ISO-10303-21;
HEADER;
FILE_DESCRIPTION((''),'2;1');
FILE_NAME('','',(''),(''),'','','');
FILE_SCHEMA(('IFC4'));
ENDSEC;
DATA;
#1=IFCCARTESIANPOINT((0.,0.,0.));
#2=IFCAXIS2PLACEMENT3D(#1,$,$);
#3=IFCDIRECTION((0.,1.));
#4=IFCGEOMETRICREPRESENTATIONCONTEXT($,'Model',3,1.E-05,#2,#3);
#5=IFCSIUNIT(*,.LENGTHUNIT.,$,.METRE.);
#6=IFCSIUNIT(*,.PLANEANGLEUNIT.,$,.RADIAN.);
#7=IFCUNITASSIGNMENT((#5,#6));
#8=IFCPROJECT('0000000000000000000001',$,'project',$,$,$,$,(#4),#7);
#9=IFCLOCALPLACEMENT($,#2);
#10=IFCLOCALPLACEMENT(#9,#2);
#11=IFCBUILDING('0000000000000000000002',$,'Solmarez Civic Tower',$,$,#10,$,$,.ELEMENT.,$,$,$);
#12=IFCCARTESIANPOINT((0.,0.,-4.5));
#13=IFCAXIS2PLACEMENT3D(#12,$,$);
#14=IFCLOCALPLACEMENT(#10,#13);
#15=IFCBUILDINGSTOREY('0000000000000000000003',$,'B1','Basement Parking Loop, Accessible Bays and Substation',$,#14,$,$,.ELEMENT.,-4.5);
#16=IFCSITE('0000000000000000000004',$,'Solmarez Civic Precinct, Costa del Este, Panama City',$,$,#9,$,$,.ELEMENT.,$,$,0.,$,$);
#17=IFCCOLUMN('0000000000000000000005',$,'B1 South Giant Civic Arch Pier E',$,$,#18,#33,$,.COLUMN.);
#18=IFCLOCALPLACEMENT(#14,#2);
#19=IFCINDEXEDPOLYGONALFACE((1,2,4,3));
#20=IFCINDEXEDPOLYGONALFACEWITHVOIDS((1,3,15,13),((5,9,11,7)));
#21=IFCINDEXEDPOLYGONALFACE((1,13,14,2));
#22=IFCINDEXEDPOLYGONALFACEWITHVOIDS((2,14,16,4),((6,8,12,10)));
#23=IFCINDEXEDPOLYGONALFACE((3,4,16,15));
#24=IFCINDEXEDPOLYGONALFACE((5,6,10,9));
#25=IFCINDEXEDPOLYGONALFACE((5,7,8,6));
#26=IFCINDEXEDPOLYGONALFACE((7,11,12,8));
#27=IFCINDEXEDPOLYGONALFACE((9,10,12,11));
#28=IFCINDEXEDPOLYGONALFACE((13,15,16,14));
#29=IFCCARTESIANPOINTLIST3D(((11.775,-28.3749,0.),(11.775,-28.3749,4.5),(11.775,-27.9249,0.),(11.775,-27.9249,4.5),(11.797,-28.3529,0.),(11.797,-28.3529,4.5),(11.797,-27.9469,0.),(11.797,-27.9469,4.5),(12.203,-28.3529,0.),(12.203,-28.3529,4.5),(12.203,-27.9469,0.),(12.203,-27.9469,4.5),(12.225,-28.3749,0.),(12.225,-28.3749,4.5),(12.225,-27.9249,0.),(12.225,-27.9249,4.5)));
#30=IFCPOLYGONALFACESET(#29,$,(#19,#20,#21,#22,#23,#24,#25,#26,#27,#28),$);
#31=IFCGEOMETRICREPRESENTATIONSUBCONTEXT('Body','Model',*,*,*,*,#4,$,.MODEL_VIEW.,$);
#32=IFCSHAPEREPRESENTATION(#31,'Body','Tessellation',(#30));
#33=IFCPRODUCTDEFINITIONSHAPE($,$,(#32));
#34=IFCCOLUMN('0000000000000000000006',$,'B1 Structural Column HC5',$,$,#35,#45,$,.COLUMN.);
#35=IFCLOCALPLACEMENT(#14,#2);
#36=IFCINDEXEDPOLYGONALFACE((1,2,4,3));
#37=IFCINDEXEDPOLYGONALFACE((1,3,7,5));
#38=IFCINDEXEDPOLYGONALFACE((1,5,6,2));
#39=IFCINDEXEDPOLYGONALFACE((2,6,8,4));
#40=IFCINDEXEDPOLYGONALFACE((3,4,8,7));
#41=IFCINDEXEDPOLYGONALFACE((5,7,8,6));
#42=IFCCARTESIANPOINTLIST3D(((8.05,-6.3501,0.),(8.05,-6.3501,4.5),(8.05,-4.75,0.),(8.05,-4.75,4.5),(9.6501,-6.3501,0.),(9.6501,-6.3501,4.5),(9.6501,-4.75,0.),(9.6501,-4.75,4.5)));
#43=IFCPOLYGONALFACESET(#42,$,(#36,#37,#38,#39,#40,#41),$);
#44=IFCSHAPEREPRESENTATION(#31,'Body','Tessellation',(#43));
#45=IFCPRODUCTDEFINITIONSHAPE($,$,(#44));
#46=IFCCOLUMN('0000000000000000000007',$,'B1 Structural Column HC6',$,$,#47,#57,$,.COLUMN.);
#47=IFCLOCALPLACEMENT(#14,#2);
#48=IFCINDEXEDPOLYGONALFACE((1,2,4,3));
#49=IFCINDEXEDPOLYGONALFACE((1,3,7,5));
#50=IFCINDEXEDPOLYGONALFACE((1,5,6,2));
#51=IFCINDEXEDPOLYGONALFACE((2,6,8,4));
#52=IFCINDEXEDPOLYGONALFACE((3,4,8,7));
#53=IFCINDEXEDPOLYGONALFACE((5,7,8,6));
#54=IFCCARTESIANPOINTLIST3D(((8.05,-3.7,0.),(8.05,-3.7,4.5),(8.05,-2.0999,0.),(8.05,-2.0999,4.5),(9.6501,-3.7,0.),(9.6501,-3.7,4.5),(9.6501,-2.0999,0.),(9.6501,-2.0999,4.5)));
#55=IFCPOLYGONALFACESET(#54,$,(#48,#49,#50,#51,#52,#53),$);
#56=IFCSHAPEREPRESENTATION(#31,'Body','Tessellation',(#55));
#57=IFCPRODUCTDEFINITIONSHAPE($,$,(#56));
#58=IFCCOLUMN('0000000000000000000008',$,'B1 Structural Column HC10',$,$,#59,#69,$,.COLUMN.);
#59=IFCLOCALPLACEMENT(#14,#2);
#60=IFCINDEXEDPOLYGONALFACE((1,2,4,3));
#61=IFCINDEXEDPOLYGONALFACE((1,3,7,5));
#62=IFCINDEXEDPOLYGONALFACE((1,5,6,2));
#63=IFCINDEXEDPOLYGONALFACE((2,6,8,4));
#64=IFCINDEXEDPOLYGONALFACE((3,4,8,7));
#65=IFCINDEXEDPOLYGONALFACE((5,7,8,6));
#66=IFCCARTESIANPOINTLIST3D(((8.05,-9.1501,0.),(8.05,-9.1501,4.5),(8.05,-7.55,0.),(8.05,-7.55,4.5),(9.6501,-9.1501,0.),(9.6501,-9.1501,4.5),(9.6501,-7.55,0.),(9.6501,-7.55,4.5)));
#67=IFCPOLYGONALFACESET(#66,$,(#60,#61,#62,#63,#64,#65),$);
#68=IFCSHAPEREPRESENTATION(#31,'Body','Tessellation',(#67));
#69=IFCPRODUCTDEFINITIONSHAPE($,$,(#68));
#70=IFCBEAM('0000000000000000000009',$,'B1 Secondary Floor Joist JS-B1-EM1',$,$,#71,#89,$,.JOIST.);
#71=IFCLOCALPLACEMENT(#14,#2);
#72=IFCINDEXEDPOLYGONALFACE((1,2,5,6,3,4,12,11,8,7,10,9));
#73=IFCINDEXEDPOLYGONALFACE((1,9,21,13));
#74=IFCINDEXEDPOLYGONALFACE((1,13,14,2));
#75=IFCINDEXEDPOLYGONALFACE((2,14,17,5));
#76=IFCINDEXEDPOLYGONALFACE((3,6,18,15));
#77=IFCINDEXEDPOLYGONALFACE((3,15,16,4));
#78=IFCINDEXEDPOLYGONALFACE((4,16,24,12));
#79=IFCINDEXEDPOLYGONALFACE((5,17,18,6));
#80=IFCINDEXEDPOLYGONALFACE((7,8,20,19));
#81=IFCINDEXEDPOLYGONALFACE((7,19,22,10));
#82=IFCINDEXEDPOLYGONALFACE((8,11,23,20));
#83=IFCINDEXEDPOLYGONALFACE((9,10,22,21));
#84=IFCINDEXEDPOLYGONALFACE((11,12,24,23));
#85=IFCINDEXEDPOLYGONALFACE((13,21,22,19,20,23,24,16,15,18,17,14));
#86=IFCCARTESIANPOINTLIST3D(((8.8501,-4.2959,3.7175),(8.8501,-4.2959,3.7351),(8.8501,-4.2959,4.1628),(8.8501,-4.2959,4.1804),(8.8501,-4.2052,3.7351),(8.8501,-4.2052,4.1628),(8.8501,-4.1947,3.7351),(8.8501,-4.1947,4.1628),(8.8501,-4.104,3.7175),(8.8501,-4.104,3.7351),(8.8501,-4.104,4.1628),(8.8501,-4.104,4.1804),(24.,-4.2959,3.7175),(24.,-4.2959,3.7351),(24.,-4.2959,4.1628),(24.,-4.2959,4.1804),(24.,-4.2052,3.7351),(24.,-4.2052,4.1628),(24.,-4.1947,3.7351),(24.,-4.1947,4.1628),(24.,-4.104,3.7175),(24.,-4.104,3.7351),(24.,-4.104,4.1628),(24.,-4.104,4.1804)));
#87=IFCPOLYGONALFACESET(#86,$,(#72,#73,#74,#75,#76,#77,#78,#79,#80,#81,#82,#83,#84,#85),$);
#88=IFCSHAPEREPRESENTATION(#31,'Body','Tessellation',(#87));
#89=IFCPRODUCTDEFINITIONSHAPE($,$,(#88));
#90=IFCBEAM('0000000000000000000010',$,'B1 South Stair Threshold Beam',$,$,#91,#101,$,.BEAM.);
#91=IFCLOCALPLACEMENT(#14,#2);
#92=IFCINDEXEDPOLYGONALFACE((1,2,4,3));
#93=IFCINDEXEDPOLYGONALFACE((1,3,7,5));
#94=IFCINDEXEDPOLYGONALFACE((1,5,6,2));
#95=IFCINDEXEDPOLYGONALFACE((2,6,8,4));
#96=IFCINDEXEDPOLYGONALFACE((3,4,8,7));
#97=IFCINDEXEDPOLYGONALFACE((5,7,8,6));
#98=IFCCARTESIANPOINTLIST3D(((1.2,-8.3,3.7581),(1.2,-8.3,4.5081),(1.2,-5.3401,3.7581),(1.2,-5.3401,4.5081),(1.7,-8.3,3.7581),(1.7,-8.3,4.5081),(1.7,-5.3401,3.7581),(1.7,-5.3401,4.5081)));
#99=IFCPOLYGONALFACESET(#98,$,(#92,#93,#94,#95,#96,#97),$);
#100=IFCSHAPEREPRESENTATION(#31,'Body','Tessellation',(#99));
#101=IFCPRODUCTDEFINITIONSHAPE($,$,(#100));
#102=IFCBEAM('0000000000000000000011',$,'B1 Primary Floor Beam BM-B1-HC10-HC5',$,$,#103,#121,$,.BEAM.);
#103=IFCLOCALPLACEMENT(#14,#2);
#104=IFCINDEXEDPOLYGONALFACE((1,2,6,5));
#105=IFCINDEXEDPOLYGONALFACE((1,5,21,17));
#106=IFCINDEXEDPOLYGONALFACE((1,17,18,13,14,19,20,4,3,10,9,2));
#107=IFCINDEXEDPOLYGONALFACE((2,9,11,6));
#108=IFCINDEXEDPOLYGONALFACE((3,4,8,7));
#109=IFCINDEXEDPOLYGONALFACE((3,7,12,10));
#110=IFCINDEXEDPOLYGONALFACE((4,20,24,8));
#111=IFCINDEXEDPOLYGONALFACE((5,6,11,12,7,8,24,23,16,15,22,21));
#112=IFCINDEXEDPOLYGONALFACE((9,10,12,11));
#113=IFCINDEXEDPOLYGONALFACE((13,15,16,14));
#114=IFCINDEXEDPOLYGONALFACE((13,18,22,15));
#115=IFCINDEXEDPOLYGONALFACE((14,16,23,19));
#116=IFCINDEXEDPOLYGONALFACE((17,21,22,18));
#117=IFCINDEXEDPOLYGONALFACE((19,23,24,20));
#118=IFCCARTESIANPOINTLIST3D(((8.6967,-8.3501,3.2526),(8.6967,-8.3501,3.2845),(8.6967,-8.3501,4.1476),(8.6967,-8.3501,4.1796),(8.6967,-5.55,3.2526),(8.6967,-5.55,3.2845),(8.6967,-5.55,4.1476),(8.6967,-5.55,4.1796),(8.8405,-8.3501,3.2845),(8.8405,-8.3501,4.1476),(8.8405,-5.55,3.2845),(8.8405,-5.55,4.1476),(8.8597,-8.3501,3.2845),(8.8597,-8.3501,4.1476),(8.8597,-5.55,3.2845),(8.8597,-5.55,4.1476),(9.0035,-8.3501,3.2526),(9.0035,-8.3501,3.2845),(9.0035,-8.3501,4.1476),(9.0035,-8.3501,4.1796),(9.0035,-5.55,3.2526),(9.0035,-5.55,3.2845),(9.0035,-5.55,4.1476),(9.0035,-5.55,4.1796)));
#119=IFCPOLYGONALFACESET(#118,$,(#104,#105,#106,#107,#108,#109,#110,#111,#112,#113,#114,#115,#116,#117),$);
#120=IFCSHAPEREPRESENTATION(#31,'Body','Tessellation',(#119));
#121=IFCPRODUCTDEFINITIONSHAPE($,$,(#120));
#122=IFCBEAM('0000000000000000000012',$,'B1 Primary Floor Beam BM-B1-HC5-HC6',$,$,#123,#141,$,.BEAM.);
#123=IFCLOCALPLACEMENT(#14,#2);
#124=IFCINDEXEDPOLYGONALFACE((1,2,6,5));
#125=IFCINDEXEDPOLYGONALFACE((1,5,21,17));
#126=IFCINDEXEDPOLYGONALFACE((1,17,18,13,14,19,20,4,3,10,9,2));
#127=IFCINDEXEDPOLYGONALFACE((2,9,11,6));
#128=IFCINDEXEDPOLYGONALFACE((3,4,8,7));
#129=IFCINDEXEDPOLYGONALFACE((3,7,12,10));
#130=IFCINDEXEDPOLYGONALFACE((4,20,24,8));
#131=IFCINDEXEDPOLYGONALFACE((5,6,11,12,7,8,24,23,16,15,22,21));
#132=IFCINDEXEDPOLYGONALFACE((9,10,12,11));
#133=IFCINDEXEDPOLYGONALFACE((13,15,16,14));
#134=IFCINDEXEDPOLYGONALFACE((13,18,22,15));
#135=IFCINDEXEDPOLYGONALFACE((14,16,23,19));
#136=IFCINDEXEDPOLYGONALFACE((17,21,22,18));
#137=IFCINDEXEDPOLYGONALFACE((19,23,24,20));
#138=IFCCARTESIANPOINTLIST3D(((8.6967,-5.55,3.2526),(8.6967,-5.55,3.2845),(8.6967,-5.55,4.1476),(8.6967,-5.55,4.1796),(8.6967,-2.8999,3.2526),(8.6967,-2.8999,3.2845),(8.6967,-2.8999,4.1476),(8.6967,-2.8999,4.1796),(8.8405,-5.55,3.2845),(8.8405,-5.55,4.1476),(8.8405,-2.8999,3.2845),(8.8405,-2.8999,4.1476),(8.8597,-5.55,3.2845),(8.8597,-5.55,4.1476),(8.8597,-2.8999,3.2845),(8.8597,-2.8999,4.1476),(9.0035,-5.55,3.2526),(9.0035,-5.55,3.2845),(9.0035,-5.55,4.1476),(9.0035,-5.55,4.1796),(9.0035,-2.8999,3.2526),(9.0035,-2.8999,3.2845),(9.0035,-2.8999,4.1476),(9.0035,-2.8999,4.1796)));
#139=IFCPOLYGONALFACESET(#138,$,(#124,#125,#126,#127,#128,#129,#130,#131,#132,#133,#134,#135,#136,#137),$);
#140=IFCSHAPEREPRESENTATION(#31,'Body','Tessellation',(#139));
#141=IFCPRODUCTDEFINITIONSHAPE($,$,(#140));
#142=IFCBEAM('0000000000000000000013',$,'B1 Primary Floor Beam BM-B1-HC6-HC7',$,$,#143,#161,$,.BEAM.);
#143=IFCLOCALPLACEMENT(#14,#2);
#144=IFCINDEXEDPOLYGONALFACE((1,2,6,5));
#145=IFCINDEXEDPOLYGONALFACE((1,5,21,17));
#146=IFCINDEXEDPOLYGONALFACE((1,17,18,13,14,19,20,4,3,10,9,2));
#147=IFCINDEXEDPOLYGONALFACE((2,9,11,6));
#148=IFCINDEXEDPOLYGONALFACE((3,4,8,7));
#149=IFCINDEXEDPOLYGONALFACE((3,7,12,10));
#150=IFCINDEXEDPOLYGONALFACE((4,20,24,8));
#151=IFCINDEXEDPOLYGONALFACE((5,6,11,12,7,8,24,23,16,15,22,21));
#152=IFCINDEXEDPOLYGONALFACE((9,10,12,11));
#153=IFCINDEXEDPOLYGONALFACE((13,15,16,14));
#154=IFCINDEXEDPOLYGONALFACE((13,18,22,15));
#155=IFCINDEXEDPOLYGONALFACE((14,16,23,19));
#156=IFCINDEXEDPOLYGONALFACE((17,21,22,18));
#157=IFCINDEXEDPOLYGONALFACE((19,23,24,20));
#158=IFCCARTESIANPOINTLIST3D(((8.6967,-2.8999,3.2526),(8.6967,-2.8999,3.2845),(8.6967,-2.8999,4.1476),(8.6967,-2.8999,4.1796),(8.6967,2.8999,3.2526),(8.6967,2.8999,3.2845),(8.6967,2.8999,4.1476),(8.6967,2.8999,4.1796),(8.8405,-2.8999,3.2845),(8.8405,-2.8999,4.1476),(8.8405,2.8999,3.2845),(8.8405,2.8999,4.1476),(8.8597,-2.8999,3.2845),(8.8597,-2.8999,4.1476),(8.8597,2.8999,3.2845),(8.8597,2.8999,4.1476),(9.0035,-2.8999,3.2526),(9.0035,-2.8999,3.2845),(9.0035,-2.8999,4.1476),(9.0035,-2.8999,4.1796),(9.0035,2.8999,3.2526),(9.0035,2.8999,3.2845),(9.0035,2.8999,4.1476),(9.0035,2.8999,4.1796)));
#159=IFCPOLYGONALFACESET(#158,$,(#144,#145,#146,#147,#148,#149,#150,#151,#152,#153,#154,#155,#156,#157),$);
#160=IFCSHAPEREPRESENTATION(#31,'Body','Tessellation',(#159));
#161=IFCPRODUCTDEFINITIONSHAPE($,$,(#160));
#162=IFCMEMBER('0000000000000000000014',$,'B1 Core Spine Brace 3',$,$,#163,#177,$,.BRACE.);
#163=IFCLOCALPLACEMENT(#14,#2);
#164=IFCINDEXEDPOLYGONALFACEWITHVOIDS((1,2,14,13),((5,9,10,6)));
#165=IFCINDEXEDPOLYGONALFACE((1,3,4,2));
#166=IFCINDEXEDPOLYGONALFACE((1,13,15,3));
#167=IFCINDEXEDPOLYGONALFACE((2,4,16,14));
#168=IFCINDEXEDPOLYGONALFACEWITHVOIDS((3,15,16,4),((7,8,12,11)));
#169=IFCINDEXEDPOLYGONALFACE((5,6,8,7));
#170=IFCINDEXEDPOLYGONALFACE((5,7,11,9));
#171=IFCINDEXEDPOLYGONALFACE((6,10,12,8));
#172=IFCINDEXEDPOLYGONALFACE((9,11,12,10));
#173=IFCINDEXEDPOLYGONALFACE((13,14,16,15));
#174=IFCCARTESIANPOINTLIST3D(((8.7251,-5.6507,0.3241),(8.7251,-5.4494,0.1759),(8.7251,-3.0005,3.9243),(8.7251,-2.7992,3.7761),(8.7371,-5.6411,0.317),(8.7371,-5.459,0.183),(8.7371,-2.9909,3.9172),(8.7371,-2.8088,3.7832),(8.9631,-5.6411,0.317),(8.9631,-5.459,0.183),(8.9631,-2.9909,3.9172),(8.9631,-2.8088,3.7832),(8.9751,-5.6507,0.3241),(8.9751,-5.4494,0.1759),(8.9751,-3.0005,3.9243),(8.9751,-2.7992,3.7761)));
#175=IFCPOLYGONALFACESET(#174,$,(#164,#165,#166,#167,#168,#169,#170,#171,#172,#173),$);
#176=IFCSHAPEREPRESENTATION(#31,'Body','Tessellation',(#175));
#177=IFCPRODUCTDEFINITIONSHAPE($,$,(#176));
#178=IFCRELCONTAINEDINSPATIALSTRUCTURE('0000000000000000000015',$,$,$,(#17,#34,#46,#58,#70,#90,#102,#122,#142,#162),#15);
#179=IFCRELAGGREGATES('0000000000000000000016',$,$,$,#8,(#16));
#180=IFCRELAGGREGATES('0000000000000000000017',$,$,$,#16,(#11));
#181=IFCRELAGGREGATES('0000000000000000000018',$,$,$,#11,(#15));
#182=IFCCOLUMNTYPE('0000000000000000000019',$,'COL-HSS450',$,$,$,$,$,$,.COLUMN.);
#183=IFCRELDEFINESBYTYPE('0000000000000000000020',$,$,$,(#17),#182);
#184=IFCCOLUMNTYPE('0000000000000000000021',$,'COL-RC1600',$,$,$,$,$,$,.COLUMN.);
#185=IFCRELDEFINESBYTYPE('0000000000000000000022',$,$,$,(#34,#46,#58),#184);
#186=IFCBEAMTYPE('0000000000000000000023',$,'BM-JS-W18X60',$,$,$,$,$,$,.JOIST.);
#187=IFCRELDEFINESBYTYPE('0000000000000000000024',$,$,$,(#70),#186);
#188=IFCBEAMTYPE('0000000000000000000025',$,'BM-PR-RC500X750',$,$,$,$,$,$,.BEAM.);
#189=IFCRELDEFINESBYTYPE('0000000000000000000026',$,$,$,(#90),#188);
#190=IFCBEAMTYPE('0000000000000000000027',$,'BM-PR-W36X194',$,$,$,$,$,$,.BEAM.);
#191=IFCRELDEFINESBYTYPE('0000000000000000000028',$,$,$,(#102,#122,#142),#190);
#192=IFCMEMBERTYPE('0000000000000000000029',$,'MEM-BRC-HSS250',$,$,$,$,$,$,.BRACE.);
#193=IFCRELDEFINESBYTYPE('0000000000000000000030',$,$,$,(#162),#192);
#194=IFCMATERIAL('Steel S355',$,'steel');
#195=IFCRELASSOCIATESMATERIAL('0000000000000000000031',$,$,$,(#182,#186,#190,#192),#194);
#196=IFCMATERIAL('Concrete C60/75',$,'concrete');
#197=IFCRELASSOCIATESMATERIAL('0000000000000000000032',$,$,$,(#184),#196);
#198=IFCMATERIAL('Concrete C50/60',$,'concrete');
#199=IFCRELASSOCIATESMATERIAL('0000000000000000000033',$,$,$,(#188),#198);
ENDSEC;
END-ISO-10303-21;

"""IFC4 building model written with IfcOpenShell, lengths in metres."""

from ifc_helpers import new_model, si_unit, direction, frame, origin, origin_2d, place, context, subcontext, project, spatial, rectangle, hollow_rectangle, i_section, extrude, material, material_profile, profile_set, type_object, element, save


model = new_model("IFC4")

# Units and contexts
model_context = context("Model", 3, precision=1e-05, world=origin(), true_north=direction((0.0, 1.0)))
body_context = subcontext(model_context, "Body", "Model", "MODEL_VIEW")
ifc_project = project(units=[si_unit("LENGTHUNIT", "METRE"), si_unit("PLANEANGLEUNIT", "RADIAN")], contexts=[model_context])

# Site, building, storey
site_placement = place(None, origin())
site = spatial("IfcSite", under=ifc_project, at=site_placement, Name="Solmarez Civic Precinct, Costa del Este, Panama City", CompositionType="ELEMENT", RefElevation=0.0)
building_placement = place(site_placement, origin())
building = spatial("IfcBuilding", under=site, at=building_placement, Name="Solmarez Civic Tower", CompositionType="ELEMENT")
storey_placement = place(building_placement, frame((0.0, 0.0, -4.5)))
storey = spatial("IfcBuildingStorey", under=building, at=storey_placement, Name="B1", Description="Basement Parking Loop, Accessible Bays and Substation", CompositionType="ELEMENT", Elevation=-4.5)

# Columns
ifc_material_1 = material(Name="Steel S355", Category="steel")
ifc_material_profile_1 = material_profile(ifc_material_1, hollow_rectangle(XDim=0.45, YDim=0.45, WallThickness=0.022, at=origin_2d()), Name="HSS450X450X22")
ifc_profile_set_1 = profile_set([ifc_material_profile_1], Name="Steel S355")
column_type_1 = type_object("IfcColumnType", Name="COL-HSS450", PredefinedType="COLUMN", material=ifc_profile_set_1)
column_placement = place(storey_placement, frame((12.0, -28.1499, 0.0), z_axis=(0.0, 0.0, 1.0), x_axis=(1.0, 0.0, 0.0)))
element("IfcColumn", 1, at=column_placement, inside=storey, type_object=column_type_1, Name="B1 South Giant Civic Arch Pier E", PredefinedType="COLUMN", context=body_context, shape_type="SweptSolid", body=[
    extrude(hollow_rectangle(XDim=0.45, YDim=0.45, WallThickness=0.022, at=origin_2d()), origin(), (0.0, 0.0, 1.0), 4.5),
])
ifc_material_2 = material(Name="Concrete C60/75", Category="concrete")
ifc_material_profile_2 = material_profile(ifc_material_2, rectangle(XDim=1.6001, YDim=1.6001, at=origin_2d()), Name="RC1600X1600")
ifc_profile_set_2 = profile_set([ifc_material_profile_2], Name="Concrete C60/75")
column_type_2 = type_object("IfcColumnType", Name="COL-RC1600", PredefinedType="COLUMN", material=ifc_profile_set_2)
for number, where, z_axis, x_axis, name in (
    (2, (8.8501, -5.55, 0.0), (0.0, 0.0, 1.0), (1.0, 0.0, 0.0), "B1 Structural Column HC5"),
    (3, (8.8501, -2.8999, 0.0), (0.0, 0.0, 1.0), (1.0, 0.0, 0.0), "B1 Structural Column HC6"),
    (4, (8.8501, -8.3501, 0.0), (0.0, 0.0, 1.0), (1.0, 0.0, 0.0), "B1 Structural Column HC10"),
):
    element("IfcColumn", number, at=place(storey_placement, frame(where, z_axis=z_axis, x_axis=x_axis)), inside=storey, type_object=column_type_2, Name=name, PredefinedType="COLUMN", context=body_context, shape_type="SweptSolid", body=[
        extrude(rectangle(XDim=1.6001, YDim=1.6001, at=origin_2d()), origin(), (0.0, 0.0, 1.0), 4.5),
    ])

# Beams
ifc_material_profile_3 = material_profile(ifc_material_1, i_section(OverallWidth=0.1919, OverallDepth=0.4629, WebThickness=0.0105, FlangeThickness=0.0176, at=origin_2d()), Name="W18X60")
ifc_profile_set_3 = profile_set([ifc_material_profile_3], Name="Steel S355")
beam_type_1 = type_object("IfcBeamType", Name="BM-JS-W18X60", PredefinedType="JOIST", material=ifc_profile_set_3)
beam_1_placement = place(storey_placement, frame((8.8501, -4.2, 3.949), z_axis=(1.0, 0.0, 0.0), x_axis=(0.0, 1.0, 0.0)))
element("IfcBeam", 5, at=beam_1_placement, inside=storey, type_object=beam_type_1, Name="B1 Secondary Floor Joist JS-B1-EM1", PredefinedType="JOIST", context=body_context, shape_type="SweptSolid", body=[
    extrude(i_section(OverallWidth=0.1919, OverallDepth=0.4629, WebThickness=0.0105, FlangeThickness=0.0176, at=origin_2d()), origin(), (0.0, 0.0, 1.0), 15.1499),
])
ifc_material_3 = material(Name="Concrete C50/60", Category="concrete")
ifc_material_profile_4 = material_profile(ifc_material_3, rectangle(XDim=0.5, YDim=0.75, at=origin_2d()), Name="RC500X750")
ifc_profile_set_4 = profile_set([ifc_material_profile_4], Name="Concrete C50/60")
beam_type_2 = type_object("IfcBeamType", Name="BM-PR-RC500X750", PredefinedType="BEAM", material=ifc_profile_set_4)
beam_2_placement = place(storey_placement, frame((1.45, -8.3, 4.1331), z_axis=(0.0, 1.0, 0.0), x_axis=(-1.0, 0.0, 0.0)))
element("IfcBeam", 6, at=beam_2_placement, inside=storey, type_object=beam_type_2, Name="B1 South Stair Threshold Beam", PredefinedType="BEAM", context=body_context, shape_type="SweptSolid", body=[
    extrude(rectangle(XDim=0.5, YDim=0.75, at=origin_2d()), origin(), (0.0, 0.0, 1.0), 2.96),
])
ifc_material_profile_5 = material_profile(ifc_material_1, i_section(OverallWidth=0.3069, OverallDepth=0.927, WebThickness=0.0193, FlangeThickness=0.032, at=origin_2d()), Name="W36X194")
ifc_profile_set_5 = profile_set([ifc_material_profile_5], Name="Steel S355")
beam_type_3 = type_object("IfcBeamType", Name="BM-PR-W36X194", PredefinedType="BEAM", material=ifc_profile_set_5)
beam_3_placement = place(storey_placement, frame((8.8501, -8.3501, 3.7161), z_axis=(0.0, 1.0, 0.0), x_axis=(-1.0, 0.0, 0.0)))
element("IfcBeam", 7, at=beam_3_placement, inside=storey, type_object=beam_type_3, Name="B1 Primary Floor Beam BM-B1-HC10-HC5", PredefinedType="BEAM", context=body_context, shape_type="SweptSolid", body=[
    extrude(i_section(OverallWidth=0.3069, OverallDepth=0.927, WebThickness=0.0193, FlangeThickness=0.032, at=origin_2d()), origin(), (0.0, 0.0, 1.0), 2.8),
])
beam_4_placement = place(storey_placement, frame((8.8501, -5.55, 3.7161), z_axis=(0.0, 1.0, 0.0), x_axis=(-1.0, 0.0, 0.0)))
element("IfcBeam", 8, at=beam_4_placement, inside=storey, type_object=beam_type_3, Name="B1 Primary Floor Beam BM-B1-HC5-HC6", PredefinedType="BEAM", context=body_context, shape_type="SweptSolid", body=[
    extrude(i_section(OverallWidth=0.3069, OverallDepth=0.927, WebThickness=0.0193, FlangeThickness=0.032, at=origin_2d()), origin(), (0.0, 0.0, 1.0), 2.6501),
])
beam_5_placement = place(storey_placement, frame((8.8501, -2.8999, 3.7161), z_axis=(0.0, 1.0, 0.0), x_axis=(-1.0, 0.0, 0.0)))
element("IfcBeam", 9, at=beam_5_placement, inside=storey, type_object=beam_type_3, Name="B1 Primary Floor Beam BM-B1-HC6-HC7", PredefinedType="BEAM", context=body_context, shape_type="SweptSolid", body=[
    extrude(i_section(OverallWidth=0.3069, OverallDepth=0.927, WebThickness=0.0193, FlangeThickness=0.032, at=origin_2d()), origin(), (0.0, 0.0, 1.0), 5.7998),
])

# Member
ifc_material_profile_6 = material_profile(ifc_material_1, hollow_rectangle(XDim=0.25, YDim=0.25, WallThickness=0.012, at=origin_2d()), Name="HSS250X250X12")
ifc_profile_set_6 = profile_set([ifc_material_profile_6], Name="Steel S355")
member_type = type_object("IfcMemberType", Name="MEM-BRC-HSS250", PredefinedType="BRACE", material=ifc_profile_set_6)
member_placement = place(storey_placement, frame((8.8501, -5.55, 0.25), z_axis=(0.0, 0.592828, 0.805329), x_axis=(-1.0, 0.0, 0.0)))
element("IfcMember", 10, at=member_placement, inside=storey, type_object=member_type, Name="B1 Core Spine Brace 3", PredefinedType="BRACE", context=body_context, shape_type="SweptSolid", body=[
    extrude(hollow_rectangle(XDim=0.25, YDim=0.25, WallThickness=0.012, at=origin_2d()), origin(), (0.0, 0.0, 1.0), 4.4705),
])

save(model, "model.ifc")
